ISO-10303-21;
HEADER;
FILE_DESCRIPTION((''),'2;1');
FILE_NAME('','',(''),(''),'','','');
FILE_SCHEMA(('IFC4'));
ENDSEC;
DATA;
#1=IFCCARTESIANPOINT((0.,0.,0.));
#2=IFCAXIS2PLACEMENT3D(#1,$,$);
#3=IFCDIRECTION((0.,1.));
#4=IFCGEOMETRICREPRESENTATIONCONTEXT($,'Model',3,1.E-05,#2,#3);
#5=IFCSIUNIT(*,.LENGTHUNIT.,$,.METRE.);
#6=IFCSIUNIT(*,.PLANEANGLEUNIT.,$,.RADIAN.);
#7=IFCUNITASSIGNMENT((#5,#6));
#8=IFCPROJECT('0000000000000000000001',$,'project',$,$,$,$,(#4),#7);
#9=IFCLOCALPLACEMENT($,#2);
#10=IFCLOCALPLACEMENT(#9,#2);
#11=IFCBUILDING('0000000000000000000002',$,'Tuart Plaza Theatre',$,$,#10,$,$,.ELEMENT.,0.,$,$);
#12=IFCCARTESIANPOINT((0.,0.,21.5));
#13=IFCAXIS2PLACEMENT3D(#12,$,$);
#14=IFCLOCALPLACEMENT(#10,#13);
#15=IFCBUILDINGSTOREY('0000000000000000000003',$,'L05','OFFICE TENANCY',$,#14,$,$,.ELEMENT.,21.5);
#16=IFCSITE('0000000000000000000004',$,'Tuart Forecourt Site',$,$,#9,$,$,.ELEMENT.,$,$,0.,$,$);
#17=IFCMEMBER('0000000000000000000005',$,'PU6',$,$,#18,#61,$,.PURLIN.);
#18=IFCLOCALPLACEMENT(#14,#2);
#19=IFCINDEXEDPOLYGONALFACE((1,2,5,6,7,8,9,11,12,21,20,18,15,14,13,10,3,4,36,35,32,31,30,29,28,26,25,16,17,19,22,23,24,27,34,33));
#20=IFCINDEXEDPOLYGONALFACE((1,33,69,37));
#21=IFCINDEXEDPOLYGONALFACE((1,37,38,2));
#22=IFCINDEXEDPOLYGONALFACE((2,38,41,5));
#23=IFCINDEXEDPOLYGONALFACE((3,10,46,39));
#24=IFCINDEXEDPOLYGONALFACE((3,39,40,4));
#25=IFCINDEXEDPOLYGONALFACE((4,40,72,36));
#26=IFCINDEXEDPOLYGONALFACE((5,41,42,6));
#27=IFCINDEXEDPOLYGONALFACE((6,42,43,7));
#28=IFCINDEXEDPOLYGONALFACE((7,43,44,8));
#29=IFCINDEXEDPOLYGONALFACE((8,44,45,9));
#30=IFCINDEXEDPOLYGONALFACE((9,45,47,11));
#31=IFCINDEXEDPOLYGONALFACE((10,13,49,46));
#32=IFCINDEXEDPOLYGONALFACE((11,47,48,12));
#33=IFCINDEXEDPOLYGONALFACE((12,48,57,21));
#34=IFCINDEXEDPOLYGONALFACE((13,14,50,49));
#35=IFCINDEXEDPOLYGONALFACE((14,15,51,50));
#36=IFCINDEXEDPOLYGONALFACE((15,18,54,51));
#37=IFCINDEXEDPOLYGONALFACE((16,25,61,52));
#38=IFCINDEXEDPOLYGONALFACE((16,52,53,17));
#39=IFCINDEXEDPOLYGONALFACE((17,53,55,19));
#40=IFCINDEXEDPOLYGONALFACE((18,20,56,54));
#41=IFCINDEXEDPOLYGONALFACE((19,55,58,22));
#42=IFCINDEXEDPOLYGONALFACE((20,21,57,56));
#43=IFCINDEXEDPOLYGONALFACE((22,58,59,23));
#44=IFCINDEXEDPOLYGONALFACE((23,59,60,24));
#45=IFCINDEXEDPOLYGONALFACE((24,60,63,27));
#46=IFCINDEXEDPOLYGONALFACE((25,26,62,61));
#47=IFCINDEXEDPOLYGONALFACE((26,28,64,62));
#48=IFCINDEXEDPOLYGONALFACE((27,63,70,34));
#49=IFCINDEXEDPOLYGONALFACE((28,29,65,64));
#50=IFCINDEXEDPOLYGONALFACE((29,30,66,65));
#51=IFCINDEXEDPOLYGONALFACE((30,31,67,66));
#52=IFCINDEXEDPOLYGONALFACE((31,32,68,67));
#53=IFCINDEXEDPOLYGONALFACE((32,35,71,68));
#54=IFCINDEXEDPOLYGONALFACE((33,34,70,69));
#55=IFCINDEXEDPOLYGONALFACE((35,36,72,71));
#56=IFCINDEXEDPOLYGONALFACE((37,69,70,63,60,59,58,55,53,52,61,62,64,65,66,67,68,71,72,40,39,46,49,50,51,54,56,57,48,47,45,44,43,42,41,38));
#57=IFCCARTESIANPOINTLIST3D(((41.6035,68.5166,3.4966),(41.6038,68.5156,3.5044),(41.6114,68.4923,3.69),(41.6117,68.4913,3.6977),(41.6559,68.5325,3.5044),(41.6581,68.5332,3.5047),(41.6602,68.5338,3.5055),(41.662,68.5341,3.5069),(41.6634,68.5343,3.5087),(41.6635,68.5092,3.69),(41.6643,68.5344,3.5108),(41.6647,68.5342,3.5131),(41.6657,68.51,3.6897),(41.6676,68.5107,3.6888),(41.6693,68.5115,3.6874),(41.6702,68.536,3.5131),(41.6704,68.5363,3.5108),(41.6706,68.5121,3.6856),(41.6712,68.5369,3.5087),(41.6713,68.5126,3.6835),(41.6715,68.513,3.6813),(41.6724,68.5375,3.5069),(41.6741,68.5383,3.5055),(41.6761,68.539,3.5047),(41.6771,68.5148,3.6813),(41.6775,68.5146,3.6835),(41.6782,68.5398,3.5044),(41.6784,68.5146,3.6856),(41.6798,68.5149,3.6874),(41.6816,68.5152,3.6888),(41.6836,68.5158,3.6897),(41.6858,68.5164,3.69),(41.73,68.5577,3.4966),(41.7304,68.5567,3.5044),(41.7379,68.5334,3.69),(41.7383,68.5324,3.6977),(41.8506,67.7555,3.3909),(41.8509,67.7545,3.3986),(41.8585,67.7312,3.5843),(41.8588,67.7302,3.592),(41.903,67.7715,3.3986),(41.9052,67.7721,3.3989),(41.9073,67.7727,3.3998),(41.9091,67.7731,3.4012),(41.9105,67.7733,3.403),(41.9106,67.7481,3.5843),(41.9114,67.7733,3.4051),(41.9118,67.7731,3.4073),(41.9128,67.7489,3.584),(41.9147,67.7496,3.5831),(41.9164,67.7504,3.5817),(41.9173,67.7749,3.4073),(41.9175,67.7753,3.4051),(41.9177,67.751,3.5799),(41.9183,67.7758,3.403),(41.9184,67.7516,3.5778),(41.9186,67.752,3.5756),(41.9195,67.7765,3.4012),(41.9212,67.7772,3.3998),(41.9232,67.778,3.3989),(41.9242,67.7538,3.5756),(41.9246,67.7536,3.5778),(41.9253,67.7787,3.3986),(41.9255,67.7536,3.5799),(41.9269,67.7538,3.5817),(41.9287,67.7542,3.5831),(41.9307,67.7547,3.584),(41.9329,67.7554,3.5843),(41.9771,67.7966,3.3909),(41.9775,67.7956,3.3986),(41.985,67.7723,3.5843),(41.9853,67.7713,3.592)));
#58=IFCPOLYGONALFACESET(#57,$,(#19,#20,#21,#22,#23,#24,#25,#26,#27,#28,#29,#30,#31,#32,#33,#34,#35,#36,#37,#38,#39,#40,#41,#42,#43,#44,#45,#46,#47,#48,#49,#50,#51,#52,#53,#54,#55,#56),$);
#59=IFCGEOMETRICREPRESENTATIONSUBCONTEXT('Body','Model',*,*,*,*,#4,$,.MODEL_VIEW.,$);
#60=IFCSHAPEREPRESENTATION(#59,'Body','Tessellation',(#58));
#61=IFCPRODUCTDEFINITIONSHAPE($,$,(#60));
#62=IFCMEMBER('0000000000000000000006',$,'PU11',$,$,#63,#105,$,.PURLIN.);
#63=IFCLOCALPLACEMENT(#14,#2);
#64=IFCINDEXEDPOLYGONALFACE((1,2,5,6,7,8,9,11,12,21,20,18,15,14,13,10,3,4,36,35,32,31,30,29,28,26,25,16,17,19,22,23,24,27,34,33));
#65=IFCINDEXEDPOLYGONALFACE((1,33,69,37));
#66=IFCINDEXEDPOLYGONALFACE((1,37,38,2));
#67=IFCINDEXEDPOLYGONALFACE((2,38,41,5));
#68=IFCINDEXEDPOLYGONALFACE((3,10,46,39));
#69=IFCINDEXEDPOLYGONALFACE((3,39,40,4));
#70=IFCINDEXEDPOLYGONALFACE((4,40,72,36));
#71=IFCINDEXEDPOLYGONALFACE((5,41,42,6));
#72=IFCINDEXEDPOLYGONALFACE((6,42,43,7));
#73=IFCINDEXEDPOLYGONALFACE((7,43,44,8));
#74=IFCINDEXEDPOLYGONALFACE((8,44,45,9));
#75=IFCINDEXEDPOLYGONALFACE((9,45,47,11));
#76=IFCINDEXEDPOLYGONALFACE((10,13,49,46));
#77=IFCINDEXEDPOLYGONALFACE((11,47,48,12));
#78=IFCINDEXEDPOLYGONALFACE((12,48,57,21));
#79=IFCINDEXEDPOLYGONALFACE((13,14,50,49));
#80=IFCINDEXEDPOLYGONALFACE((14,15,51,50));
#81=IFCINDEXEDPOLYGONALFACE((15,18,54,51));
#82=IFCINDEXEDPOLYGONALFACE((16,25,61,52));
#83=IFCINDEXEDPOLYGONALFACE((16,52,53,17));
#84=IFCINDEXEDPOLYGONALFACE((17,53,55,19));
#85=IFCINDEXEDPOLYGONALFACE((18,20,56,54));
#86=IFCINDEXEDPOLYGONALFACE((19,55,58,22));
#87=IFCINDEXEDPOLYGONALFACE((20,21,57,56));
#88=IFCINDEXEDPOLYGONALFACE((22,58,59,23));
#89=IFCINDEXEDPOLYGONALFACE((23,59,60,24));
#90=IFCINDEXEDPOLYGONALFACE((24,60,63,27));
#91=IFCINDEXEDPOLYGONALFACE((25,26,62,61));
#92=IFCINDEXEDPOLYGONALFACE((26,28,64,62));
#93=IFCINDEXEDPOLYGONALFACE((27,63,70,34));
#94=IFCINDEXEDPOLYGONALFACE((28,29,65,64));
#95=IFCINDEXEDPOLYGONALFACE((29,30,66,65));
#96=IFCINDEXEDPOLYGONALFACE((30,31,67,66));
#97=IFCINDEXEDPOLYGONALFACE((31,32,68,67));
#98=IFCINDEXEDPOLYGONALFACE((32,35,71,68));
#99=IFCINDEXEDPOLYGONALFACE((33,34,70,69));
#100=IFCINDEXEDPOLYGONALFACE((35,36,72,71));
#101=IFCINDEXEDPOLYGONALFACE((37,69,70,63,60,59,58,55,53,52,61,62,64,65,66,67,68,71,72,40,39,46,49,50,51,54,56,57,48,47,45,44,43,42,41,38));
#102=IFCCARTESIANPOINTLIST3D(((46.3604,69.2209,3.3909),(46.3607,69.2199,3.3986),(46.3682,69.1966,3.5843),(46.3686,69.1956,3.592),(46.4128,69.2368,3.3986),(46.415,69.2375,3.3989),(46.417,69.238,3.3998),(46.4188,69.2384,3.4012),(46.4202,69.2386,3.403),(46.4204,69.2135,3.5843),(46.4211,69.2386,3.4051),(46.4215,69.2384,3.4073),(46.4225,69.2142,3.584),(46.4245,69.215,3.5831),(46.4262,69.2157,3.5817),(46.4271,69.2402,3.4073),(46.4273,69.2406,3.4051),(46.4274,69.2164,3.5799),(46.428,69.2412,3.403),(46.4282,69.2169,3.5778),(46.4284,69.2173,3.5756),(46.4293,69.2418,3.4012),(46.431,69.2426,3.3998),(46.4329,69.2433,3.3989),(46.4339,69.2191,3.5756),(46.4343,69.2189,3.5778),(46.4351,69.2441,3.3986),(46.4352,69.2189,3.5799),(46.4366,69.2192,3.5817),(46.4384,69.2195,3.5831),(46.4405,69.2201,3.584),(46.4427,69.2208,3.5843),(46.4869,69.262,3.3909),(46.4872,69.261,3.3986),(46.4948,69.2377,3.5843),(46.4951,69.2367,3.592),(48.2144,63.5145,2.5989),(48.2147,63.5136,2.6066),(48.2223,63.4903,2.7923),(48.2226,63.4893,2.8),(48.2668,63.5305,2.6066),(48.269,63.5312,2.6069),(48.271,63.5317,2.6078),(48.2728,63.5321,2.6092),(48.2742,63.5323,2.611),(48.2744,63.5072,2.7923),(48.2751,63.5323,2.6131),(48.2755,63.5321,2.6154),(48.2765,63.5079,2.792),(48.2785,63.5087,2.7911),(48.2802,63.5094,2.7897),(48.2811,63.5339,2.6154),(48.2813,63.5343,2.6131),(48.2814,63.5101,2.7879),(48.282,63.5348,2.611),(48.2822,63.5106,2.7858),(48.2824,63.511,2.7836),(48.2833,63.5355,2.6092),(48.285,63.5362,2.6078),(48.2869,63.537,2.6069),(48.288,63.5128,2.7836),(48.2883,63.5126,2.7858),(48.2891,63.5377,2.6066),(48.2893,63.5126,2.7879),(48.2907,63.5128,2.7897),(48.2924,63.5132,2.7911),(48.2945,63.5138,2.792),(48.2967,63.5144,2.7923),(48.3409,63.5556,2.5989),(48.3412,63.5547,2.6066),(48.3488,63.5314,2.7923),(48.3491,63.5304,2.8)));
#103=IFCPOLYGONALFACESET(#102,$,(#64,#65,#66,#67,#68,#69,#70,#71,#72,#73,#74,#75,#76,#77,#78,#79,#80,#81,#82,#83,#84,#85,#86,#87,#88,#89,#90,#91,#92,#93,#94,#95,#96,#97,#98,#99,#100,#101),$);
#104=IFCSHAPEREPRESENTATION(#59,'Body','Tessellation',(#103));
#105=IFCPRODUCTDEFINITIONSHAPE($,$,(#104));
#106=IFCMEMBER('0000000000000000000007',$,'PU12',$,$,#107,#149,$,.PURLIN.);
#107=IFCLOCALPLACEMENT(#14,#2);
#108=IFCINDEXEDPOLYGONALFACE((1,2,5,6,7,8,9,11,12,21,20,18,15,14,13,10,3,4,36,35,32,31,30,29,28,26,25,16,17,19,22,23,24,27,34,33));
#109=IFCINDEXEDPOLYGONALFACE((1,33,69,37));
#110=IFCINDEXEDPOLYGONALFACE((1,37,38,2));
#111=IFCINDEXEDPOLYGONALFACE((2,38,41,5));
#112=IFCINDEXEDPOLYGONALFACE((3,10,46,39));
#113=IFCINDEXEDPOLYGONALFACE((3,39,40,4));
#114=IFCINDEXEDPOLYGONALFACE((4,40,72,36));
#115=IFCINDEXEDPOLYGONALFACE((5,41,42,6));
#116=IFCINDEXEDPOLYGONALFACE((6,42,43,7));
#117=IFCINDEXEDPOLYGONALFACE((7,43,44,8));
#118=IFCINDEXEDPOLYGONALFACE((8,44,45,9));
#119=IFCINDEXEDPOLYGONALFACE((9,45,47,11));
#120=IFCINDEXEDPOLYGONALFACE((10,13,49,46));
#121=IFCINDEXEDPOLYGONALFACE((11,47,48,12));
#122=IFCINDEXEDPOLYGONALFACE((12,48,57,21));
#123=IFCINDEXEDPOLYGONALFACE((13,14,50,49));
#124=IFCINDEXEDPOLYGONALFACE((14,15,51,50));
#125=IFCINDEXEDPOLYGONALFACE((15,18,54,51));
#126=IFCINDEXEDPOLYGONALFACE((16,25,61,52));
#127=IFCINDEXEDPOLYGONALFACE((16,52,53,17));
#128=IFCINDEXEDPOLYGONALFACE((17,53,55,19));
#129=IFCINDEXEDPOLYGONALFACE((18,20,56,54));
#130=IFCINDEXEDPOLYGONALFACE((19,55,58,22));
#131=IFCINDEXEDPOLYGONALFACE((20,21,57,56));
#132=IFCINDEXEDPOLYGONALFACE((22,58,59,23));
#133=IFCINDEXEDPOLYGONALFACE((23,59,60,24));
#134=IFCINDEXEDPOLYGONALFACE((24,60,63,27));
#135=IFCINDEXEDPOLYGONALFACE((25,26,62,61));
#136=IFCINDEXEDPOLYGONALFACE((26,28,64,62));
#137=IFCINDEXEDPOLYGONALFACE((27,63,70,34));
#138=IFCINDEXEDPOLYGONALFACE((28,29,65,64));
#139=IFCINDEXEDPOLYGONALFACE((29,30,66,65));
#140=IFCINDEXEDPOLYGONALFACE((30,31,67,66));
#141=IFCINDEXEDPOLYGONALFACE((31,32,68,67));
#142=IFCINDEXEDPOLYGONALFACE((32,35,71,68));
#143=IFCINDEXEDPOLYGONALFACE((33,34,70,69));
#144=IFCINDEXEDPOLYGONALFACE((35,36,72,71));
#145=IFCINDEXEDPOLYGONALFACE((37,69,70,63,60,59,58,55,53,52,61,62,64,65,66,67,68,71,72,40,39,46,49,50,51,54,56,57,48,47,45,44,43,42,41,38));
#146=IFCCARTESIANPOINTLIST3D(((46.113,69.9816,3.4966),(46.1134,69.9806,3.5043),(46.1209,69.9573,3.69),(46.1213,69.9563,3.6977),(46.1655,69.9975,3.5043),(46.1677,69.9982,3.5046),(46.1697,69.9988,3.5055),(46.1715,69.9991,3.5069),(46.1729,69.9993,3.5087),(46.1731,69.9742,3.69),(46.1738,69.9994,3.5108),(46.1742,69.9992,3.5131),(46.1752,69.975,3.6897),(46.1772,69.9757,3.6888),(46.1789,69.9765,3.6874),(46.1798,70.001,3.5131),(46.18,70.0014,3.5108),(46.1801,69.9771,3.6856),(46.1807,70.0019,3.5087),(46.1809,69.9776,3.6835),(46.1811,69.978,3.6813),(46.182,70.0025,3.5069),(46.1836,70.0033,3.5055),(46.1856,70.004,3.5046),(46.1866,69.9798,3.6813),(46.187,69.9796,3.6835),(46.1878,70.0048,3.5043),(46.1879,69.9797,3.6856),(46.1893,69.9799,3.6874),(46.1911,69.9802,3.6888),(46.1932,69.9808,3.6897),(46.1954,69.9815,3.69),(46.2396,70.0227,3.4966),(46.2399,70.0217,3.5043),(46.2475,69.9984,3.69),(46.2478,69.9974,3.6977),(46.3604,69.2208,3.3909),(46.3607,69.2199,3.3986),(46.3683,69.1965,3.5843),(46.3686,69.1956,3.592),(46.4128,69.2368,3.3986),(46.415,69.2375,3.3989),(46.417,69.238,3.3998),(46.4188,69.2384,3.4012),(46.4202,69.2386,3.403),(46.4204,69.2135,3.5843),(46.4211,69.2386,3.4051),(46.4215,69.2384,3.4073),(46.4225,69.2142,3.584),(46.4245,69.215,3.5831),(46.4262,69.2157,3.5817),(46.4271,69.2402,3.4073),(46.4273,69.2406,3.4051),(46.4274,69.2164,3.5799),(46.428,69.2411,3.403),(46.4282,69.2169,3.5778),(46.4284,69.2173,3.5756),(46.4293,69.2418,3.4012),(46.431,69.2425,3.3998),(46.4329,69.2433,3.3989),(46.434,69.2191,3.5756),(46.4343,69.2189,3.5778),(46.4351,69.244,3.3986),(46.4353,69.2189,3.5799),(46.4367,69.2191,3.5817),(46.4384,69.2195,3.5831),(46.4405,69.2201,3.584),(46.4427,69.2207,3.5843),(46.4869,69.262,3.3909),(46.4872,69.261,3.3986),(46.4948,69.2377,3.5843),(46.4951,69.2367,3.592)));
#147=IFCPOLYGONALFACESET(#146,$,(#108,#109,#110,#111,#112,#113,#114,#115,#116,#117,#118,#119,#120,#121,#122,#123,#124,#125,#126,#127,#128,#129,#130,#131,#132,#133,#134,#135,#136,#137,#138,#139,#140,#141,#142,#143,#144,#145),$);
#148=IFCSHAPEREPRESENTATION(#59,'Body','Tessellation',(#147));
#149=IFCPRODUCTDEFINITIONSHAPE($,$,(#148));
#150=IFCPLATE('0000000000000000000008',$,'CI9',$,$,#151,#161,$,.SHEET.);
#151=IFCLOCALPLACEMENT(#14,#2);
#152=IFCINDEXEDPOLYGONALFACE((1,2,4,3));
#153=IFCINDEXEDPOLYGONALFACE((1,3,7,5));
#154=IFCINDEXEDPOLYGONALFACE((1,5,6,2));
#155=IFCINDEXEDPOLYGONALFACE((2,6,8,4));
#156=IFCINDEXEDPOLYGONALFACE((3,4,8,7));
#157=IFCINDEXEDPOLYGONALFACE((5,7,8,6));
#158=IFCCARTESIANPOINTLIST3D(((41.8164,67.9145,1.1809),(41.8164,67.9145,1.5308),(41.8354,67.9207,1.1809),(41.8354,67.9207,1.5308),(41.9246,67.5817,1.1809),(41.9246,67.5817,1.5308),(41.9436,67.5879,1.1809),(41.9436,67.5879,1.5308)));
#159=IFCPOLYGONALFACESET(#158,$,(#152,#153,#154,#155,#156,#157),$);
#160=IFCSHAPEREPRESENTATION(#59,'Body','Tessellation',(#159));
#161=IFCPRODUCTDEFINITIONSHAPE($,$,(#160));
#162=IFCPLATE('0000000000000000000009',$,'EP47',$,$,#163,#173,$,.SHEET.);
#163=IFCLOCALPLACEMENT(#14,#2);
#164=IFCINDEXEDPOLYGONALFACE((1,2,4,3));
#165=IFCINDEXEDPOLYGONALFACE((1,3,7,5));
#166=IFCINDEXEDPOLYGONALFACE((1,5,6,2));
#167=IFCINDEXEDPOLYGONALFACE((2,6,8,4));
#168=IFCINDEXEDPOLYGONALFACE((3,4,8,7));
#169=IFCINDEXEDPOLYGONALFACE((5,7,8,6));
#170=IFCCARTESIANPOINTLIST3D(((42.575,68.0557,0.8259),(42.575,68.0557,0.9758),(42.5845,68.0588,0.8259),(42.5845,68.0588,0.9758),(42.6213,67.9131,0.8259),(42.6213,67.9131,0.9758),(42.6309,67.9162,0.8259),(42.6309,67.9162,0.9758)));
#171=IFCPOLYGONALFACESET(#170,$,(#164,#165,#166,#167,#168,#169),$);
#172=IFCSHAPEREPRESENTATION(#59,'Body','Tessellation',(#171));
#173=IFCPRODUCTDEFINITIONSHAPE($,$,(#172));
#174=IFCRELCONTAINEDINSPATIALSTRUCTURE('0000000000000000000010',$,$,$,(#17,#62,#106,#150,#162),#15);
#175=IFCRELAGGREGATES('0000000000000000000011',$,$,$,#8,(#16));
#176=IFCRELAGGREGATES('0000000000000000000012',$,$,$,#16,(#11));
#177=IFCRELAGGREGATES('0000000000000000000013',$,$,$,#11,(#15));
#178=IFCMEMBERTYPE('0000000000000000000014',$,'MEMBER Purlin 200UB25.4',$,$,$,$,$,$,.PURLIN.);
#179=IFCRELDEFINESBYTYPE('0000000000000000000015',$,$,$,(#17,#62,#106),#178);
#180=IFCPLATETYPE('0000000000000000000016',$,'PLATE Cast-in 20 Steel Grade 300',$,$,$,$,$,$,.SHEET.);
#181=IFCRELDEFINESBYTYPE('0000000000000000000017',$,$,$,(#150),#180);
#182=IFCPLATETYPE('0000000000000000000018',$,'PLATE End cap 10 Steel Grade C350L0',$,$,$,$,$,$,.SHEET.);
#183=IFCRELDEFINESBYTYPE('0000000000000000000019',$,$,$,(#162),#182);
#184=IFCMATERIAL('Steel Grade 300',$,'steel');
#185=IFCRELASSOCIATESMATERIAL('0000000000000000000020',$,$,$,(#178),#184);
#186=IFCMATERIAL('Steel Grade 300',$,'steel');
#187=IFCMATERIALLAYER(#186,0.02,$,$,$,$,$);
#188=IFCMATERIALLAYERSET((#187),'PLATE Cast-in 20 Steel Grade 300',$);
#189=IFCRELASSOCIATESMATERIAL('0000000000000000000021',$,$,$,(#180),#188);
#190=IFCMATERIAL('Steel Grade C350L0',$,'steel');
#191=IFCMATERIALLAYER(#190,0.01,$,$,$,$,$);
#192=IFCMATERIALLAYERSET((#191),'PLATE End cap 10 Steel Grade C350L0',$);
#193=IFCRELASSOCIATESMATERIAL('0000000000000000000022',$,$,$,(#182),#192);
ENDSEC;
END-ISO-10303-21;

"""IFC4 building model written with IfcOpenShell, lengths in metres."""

from ifc_helpers import new_model, si_unit, direction, frame, origin, origin_2d, place, context, subcontext, project, spatial, polyline, i_section, outline, extrude, material, layer, layer_set, material_profile, profile_set, type_object, element, save


model = new_model("IFC4")

# Units and contexts
model_context = context("Model", 3, precision=1e-05, world=origin(), true_north=direction((0.0, 1.0)))
body_context = subcontext(model_context, "Body", "Model", "MODEL_VIEW")
ifc_project = project(units=[si_unit("LENGTHUNIT", "METRE"), si_unit("PLANEANGLEUNIT", "RADIAN")], contexts=[model_context])

# Site, building, storey
site_placement = place(None, origin())
site = spatial("IfcSite", under=ifc_project, at=site_placement, Name="Tuart Forecourt Site", CompositionType="ELEMENT", RefElevation=0.0)
building_placement = place(site_placement, origin())
building = spatial("IfcBuilding", under=site, at=building_placement, Name="Tuart Plaza Theatre", CompositionType="ELEMENT", ElevationOfRefHeight=0.0)
storey_placement = place(building_placement, frame((0.0, 0.0, 21.5)))
storey = spatial("IfcBuildingStorey", under=building, at=storey_placement, Name="L05", Description="OFFICE TENANCY", CompositionType="ELEMENT", Elevation=21.5)

# Members
ifc_material_1 = material(Name="Steel Grade 300", Category="steel")
ifc_material_profile_1 = material_profile(ifc_material_1, i_section(OverallWidth=0.1331, OverallDepth=0.2029, WebThickness=0.0059, FlangeThickness=0.0078, FilletRadius=0.0088, at=origin_2d()), Name="200UB25.4")
ifc_profile_set_1 = profile_set([ifc_material_profile_1], Name="Steel Grade 300")
member_type_1 = type_object("IfcMemberType", Name="MEMBER Purlin 200UB25.4", PredefinedType="PURLIN", material=ifc_profile_set_1)
member_1_placement = place(storey_placement, frame((41.918, 67.7634, 3.4915), z_axis=(-0.306143, 0.942931, 0.130988), x_axis=(-0.951126, -0.308803, 0.0)))
element("IfcMember", 1, at=member_1_placement, inside=storey, type_object=member_type_1, Name="PU6", PredefinedType="PURLIN", context=body_context, shape_type="SweptSolid", body=[
    extrude(i_section(OverallWidth=0.1331, OverallDepth=0.2029, WebThickness=0.0059, FlangeThickness=0.0078, FilletRadius=0.0088, at=origin_2d()), origin(), (0.0, 0.0, 1.0), 0.8071),
])
member_2_placement = place(storey_placement, frame((48.2817, 63.5225, 2.6995), z_axis=(-0.306347, 0.942882, 0.130865), x_axis=(-0.951061, -0.309004, 0.0)))
element("IfcMember", 2, at=member_2_placement, inside=storey, type_object=member_type_1, Name="PU11", PredefinedType="PURLIN", context=body_context, shape_type="SweptSolid", body=[
    extrude(i_section(OverallWidth=0.1331, OverallDepth=0.2029, WebThickness=0.0059, FlangeThickness=0.0078, FilletRadius=0.0088, at=origin_2d()), origin(), (0.0, 0.0, 1.0), 6.052),
])
member_3_placement = place(storey_placement, frame((46.4277, 69.2288, 3.4915), z_axis=(-0.306504, 0.94281, 0.131013), x_axis=(-0.951007, -0.309169, 0.0)))
element("IfcMember", 3, at=member_3_placement, inside=storey, type_object=member_type_1, Name="PU12", PredefinedType="PURLIN", context=body_context, shape_type="SweptSolid", body=[
    extrude(i_section(OverallWidth=0.1331, OverallDepth=0.2029, WebThickness=0.0059, FlangeThickness=0.0078, FilletRadius=0.0088, at=origin_2d()), origin(), (0.0, 0.0, 1.0), 0.8069),
])

# Plates
ifc_material_2 = material(Name="Steel Grade 300", Category="steel")
ifc_layer_1 = layer(ifc_material_2, 0.02)
ifc_layer_set_1 = layer_set([ifc_layer_1], Name="PLATE Cast-in 20 Steel Grade 300")
plate_type_1 = type_object("IfcPlateType", Name="PLATE Cast-in 20 Steel Grade 300", PredefinedType="SHEET", material=ifc_layer_set_1)
plate_1_placement = place(storey_placement, frame((41.9436, 67.5879, 1.1809), z_axis=(0.951029, 0.309102, 0.0), x_axis=(-0.309102, 0.951029, 0.0)))
element("IfcPlate", 4, at=plate_1_placement, inside=storey, type_object=plate_type_1, Name="CI9", PredefinedType="SHEET", context=body_context, shape_type="SweptSolid", body=[
    extrude(outline(polyline([(0.0, 0.0), (0.3499, 0.0), (0.3499, 0.3499), (0.0, 0.3499), (0.0, 0.0)])), origin(), (0.0, 0.0, -1.0), 0.02),
])
ifc_material_3 = material(Name="Steel Grade C350L0", Category="steel")
ifc_layer_2 = layer(ifc_material_3, 0.01)
ifc_layer_set_2 = layer_set([ifc_layer_2], Name="PLATE End cap 10 Steel Grade C350L0")
plate_type_2 = type_object("IfcPlateType", Name="PLATE End cap 10 Steel Grade C350L0", PredefinedType="SHEET", material=ifc_layer_set_2)
plate_2_placement = place(storey_placement, frame((42.6213, 67.9131, 0.9758), z_axis=(-0.950938, -0.309381, 0.0), x_axis=(-0.309381, 0.950938, 0.0)))
element("IfcPlate", 5, at=plate_2_placement, inside=storey, type_object=plate_type_2, Name="EP47", PredefinedType="SHEET", context=body_context, shape_type="SweptSolid", body=[
    extrude(outline(polyline([(0.0, 0.0), (0.1499, 0.0), (0.1499, 0.1499), (0.0, 0.1499), (0.0, 0.0)])), origin(), (0.0, 0.0, -1.0), 0.01),
])

save(model, "model.ifc")
